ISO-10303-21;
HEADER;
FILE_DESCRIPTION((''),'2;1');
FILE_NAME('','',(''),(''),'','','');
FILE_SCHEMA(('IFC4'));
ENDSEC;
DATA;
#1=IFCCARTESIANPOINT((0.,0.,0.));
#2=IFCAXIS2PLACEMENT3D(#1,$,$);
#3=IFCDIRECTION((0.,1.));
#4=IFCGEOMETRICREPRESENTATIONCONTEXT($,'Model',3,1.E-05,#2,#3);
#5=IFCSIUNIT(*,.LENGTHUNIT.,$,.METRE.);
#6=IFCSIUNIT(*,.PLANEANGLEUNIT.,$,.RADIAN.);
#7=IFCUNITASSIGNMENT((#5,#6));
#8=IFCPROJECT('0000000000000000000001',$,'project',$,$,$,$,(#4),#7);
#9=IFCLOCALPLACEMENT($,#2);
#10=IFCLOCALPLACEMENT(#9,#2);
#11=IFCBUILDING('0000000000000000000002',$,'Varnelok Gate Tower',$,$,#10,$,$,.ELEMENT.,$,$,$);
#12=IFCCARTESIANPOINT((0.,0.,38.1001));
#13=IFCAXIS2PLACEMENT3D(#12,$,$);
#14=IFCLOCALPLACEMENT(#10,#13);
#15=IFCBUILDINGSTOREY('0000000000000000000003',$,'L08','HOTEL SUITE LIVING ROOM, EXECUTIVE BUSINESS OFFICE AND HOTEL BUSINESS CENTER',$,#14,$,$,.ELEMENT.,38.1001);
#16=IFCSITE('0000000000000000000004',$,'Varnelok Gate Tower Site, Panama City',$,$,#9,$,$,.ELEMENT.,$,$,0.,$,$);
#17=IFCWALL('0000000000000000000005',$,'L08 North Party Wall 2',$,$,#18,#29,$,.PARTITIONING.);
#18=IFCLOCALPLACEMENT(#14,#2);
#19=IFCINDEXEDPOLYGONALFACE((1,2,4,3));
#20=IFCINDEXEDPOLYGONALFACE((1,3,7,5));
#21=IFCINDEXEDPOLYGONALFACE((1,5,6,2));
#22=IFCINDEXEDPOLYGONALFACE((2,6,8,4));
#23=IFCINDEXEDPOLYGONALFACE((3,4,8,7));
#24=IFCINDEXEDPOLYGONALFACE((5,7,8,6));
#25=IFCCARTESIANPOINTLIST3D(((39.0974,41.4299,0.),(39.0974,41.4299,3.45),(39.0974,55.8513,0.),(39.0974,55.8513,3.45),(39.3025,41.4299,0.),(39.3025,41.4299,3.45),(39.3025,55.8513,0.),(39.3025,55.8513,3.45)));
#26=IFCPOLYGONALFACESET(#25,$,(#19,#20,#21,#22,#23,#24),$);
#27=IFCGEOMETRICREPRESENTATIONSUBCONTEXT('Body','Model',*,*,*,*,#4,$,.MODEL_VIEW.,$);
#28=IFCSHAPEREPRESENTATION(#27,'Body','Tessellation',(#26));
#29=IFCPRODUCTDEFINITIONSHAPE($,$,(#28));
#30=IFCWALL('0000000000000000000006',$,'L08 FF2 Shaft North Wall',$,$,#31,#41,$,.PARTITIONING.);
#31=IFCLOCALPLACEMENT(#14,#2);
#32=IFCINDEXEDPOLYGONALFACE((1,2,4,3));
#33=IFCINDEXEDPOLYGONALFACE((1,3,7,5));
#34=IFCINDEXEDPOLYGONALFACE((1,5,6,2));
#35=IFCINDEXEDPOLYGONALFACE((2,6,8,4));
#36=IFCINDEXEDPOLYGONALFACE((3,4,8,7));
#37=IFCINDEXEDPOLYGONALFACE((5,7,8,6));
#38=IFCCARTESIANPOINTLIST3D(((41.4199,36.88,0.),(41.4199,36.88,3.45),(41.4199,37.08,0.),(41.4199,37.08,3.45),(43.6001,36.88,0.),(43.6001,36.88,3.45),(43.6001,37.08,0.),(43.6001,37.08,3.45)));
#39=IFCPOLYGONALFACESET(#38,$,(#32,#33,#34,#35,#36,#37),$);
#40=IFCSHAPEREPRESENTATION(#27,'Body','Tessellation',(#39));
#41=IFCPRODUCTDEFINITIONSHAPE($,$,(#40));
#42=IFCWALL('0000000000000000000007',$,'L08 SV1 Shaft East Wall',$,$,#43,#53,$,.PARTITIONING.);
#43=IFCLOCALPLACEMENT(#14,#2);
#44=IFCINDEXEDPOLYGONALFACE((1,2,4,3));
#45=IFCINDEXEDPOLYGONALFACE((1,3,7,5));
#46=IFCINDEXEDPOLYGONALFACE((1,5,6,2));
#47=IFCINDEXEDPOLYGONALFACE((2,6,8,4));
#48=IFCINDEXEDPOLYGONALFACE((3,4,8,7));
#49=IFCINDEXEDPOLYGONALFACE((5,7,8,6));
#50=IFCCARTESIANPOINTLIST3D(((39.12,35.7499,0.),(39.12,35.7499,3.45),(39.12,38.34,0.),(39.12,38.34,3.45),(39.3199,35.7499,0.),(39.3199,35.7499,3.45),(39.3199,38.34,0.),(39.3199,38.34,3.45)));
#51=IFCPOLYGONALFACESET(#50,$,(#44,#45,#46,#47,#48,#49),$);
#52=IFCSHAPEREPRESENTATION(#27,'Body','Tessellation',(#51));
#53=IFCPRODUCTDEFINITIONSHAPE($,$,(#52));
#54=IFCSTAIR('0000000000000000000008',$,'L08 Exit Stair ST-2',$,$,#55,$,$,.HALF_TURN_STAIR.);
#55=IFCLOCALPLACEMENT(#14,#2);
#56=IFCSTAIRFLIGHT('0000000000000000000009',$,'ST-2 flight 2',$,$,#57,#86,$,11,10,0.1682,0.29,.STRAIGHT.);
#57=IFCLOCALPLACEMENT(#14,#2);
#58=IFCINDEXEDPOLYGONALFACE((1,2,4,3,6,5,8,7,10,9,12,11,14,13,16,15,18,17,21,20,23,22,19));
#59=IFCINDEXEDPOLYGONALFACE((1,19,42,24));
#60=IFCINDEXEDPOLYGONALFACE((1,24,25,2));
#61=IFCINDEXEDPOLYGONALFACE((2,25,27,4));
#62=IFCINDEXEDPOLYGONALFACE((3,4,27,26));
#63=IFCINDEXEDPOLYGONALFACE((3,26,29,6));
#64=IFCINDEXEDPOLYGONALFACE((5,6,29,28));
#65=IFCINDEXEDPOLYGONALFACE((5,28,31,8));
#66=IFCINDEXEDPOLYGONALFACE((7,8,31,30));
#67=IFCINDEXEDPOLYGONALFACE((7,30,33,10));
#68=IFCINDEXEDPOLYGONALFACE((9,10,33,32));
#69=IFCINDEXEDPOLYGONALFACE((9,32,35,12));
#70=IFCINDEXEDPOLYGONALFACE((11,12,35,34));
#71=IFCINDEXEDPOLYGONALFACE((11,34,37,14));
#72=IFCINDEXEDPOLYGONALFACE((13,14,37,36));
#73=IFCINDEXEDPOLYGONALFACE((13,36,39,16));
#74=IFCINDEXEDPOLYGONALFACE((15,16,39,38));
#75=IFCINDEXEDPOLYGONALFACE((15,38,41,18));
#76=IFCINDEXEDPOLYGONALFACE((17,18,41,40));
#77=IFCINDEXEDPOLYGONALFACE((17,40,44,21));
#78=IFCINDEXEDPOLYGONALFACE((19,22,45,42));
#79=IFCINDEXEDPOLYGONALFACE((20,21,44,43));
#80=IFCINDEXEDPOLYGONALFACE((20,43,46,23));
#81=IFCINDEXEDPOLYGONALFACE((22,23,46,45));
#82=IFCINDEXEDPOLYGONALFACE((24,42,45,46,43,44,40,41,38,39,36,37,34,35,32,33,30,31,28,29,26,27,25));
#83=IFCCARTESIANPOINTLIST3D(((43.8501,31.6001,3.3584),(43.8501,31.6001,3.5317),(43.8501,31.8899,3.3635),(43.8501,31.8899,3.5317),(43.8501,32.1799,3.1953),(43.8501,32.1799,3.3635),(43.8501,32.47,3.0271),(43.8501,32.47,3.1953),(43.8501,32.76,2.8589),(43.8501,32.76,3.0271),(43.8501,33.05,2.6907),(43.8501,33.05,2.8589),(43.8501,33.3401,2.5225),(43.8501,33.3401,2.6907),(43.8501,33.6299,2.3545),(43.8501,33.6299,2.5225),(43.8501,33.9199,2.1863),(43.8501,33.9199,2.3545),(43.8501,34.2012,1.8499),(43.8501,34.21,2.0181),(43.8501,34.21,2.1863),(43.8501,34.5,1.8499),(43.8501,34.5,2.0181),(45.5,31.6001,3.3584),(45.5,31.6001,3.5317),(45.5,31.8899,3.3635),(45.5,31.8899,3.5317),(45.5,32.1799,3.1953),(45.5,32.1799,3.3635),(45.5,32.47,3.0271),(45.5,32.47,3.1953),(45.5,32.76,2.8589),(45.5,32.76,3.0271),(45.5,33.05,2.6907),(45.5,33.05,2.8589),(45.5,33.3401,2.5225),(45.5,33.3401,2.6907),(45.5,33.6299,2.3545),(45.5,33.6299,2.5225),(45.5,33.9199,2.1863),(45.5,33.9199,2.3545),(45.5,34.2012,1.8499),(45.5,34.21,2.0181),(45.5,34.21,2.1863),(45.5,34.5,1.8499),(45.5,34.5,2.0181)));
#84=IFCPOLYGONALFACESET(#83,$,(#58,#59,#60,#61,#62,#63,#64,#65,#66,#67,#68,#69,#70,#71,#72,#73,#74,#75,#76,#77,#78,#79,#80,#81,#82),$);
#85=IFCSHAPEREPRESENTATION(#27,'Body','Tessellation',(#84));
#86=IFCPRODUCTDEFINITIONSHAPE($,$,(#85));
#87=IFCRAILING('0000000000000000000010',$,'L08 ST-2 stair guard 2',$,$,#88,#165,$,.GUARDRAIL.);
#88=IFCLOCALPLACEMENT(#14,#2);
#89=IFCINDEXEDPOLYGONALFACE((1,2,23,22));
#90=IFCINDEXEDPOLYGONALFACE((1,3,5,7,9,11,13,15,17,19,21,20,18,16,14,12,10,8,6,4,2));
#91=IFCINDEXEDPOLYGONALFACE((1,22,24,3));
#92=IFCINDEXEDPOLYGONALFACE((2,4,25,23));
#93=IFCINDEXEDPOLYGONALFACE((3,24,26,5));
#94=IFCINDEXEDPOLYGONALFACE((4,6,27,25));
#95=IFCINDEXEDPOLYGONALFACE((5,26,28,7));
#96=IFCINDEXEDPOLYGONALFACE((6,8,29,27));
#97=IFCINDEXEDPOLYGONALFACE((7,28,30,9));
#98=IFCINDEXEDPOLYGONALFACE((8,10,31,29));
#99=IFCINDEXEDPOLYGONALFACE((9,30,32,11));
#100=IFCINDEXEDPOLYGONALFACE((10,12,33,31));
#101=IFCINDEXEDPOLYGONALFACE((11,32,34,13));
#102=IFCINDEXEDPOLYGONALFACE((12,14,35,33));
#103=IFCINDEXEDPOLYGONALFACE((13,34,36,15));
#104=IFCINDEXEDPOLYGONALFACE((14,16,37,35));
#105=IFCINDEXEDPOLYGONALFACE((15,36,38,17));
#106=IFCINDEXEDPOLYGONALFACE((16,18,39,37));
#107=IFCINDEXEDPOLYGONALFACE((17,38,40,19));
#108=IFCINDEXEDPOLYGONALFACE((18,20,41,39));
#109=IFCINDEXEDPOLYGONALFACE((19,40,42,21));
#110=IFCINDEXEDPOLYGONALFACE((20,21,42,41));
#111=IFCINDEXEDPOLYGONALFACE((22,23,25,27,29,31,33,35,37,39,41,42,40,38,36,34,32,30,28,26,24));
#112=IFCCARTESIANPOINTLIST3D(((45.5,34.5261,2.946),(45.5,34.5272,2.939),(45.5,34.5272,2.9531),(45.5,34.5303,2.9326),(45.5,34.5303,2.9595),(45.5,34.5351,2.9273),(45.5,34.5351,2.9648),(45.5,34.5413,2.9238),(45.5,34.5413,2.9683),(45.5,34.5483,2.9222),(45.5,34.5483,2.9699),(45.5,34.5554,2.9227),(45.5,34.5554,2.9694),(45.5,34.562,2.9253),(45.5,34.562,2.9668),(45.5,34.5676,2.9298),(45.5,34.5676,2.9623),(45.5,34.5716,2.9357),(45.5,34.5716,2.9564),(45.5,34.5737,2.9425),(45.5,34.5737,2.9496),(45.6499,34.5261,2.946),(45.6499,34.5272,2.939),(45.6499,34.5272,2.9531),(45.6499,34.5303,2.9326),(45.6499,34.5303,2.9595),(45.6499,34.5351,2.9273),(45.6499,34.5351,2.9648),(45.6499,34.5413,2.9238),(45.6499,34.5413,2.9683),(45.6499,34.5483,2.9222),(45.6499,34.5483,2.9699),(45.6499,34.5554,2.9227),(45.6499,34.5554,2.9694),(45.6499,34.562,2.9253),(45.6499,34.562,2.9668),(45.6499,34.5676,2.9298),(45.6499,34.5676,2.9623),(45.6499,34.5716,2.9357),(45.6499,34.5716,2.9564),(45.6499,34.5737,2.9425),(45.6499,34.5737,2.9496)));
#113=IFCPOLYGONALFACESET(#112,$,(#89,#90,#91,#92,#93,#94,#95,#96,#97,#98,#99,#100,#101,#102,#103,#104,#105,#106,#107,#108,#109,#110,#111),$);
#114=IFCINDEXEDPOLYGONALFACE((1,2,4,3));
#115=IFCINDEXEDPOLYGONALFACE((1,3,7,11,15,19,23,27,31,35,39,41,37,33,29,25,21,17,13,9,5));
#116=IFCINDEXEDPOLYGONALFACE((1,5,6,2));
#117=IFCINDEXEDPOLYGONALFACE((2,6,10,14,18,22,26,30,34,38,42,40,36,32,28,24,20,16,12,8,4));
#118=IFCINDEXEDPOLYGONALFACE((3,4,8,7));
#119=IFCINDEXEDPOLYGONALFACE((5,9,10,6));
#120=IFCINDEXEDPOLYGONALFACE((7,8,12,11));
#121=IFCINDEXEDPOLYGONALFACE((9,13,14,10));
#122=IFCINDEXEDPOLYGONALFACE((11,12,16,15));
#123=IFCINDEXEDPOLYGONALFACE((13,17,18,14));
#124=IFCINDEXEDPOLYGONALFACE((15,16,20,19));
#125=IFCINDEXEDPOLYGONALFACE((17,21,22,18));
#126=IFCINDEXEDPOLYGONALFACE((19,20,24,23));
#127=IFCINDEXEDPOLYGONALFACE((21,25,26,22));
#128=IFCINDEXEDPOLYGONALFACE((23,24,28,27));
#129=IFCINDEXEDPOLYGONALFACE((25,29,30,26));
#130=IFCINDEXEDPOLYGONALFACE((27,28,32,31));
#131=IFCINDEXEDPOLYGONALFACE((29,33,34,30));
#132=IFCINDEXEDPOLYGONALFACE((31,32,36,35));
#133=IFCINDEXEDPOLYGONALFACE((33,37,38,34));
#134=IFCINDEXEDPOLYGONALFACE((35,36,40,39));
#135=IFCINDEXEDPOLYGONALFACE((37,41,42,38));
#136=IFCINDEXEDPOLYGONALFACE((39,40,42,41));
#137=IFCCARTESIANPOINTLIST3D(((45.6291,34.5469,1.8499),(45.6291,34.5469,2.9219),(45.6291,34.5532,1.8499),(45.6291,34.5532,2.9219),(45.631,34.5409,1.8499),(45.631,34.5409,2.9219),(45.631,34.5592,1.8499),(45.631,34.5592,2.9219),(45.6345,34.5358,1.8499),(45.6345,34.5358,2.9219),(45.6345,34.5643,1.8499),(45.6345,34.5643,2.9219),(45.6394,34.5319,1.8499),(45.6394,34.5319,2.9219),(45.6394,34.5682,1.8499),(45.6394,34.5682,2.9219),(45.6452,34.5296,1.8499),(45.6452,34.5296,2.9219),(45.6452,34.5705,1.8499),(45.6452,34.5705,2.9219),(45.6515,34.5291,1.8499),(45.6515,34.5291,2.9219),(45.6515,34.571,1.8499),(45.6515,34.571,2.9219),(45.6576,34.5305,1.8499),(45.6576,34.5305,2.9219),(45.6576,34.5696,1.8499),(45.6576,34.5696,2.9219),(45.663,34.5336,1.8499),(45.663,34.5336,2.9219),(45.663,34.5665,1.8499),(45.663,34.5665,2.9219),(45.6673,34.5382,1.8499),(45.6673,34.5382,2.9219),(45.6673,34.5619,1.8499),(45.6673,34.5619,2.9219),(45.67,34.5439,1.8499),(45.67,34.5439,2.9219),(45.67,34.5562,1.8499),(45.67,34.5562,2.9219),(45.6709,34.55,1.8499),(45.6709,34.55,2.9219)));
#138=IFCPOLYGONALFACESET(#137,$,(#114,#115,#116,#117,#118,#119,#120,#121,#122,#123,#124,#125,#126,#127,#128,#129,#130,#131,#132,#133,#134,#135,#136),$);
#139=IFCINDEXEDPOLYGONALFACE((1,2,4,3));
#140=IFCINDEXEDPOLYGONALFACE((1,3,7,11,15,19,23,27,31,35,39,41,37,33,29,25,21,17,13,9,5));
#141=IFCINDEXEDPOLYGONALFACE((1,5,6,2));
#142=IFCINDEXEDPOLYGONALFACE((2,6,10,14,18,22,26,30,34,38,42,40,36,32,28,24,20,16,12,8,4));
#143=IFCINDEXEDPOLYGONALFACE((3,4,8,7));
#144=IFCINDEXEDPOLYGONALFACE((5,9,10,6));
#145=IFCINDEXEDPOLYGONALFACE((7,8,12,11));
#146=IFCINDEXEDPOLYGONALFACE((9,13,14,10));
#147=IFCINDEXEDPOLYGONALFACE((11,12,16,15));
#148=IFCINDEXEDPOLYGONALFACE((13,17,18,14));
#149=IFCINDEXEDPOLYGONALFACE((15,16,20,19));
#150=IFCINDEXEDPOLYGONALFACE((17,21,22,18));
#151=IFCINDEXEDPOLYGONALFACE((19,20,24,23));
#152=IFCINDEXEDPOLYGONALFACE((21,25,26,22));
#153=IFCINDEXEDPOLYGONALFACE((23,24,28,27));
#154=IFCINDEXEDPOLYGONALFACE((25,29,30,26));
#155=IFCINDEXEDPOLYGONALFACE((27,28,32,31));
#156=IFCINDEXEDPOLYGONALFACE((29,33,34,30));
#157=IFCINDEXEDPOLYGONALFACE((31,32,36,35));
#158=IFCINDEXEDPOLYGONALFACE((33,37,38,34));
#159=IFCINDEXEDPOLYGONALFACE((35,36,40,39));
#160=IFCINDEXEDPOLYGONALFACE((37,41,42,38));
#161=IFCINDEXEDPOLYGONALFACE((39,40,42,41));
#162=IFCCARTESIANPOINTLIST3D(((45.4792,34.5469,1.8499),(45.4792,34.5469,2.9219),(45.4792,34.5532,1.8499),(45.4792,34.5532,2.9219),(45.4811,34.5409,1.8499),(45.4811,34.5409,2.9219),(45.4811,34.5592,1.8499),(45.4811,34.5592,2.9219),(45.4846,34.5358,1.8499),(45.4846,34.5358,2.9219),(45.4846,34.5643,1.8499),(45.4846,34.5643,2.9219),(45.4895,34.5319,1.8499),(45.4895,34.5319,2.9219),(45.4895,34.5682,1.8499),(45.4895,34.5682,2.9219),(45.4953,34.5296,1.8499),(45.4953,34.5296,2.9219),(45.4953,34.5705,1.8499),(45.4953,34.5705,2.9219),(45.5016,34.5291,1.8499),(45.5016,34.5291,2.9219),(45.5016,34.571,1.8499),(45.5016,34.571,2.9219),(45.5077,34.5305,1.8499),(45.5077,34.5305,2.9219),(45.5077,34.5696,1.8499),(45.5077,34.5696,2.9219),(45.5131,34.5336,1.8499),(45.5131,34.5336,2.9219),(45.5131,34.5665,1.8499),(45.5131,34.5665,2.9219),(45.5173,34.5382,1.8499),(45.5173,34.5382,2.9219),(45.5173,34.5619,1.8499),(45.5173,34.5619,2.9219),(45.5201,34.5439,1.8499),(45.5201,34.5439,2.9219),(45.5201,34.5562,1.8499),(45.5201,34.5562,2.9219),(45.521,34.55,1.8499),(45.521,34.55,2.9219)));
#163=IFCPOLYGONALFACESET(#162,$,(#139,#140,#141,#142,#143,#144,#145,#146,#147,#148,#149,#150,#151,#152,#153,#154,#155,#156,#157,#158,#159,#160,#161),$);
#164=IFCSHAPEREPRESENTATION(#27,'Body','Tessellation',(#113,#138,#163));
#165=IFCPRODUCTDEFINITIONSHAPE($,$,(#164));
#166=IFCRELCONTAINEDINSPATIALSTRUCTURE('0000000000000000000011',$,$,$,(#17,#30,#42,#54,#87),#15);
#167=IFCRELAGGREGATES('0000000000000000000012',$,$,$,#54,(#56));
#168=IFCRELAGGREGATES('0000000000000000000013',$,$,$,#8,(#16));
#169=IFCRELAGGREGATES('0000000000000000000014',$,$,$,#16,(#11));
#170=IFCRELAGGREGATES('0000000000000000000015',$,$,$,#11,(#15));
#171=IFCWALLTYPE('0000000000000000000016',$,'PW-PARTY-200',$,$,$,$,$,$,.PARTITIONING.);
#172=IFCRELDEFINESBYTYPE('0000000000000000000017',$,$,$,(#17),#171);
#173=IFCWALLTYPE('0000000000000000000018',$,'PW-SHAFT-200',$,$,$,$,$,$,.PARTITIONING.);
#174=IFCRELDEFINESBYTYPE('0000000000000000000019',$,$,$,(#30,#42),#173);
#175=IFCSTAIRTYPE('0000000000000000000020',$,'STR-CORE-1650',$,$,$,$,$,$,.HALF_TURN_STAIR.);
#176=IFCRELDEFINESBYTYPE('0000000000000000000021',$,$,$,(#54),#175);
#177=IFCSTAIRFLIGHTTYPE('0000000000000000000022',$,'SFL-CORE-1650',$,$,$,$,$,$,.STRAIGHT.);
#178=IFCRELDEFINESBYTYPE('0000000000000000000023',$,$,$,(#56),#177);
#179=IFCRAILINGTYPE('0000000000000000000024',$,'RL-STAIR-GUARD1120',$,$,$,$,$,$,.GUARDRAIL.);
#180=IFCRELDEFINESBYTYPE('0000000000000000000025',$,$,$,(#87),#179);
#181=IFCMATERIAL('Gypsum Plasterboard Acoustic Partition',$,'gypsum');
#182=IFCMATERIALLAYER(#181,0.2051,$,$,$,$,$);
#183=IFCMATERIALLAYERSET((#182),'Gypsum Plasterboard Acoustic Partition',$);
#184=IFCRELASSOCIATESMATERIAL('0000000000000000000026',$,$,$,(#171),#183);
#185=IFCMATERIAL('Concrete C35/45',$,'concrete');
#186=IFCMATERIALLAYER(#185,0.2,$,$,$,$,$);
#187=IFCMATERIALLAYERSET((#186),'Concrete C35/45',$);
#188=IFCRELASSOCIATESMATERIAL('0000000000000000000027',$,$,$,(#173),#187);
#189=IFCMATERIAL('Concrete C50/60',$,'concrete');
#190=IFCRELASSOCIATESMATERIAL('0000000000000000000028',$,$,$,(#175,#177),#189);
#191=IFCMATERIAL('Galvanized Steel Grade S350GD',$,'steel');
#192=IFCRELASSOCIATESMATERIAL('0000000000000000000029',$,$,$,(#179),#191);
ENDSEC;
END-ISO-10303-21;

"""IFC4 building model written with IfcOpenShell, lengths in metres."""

from ifc_helpers import new_model, si_unit, direction, frame, frame_2d, origin, origin_2d, place, context, subcontext, project, spatial, polyline, rectangle, circle, outline, extrude, material, layer, layer_set, type_object, element, aggregate, save


model = new_model("IFC4")

# Units and contexts
model_context = context("Model", 3, precision=1e-05, world=origin(), true_north=direction((0.0, 1.0)))
body_context = subcontext(model_context, "Body", "Model", "MODEL_VIEW")
ifc_project = project(units=[si_unit("LENGTHUNIT", "METRE"), si_unit("PLANEANGLEUNIT", "RADIAN")], contexts=[model_context])

# Site, building, storey
site_placement = place(None, origin())
site = spatial("IfcSite", under=ifc_project, at=site_placement, Name="Varnelok Gate Tower Site, Panama City", CompositionType="ELEMENT", RefElevation=0.0)
building_placement = place(site_placement, origin())
building = spatial("IfcBuilding", under=site, at=building_placement, Name="Varnelok Gate Tower", CompositionType="ELEMENT")
storey_placement = place(building_placement, frame((0.0, 0.0, 38.1001)))
storey = spatial("IfcBuildingStorey", under=building, at=storey_placement, Name="L08", Description="HOTEL SUITE LIVING ROOM, EXECUTIVE BUSINESS OFFICE AND HOTEL BUSINESS CENTER", CompositionType="ELEMENT", Elevation=38.1001)

# Shared definitions
ifc_material_1 = material(Name="Gypsum Plasterboard Acoustic Partition", Category="gypsum")
ifc_material_2 = material(Name="Galvanized Steel Grade S350GD", Category="steel")

# Walls
ifc_layer_1 = layer(ifc_material_1, 0.2051)
ifc_layer_set_1 = layer_set([ifc_layer_1], Name="Gypsum Plasterboard Acoustic Partition")
wall_type_1 = type_object("IfcWallType", Name="PW-PARTY-200", PredefinedType="PARTITIONING", material=ifc_layer_set_1)
wall_1_placement = place(storey_placement, frame((39.2, 41.4299, 0.0), z_axis=(0.0, 0.0, 1.0), x_axis=(0.0, 1.0, 0.0)))
element("IfcWall", 1, at=wall_1_placement, inside=storey, type_object=wall_type_1, Name="L08 North Party Wall 2", PredefinedType="PARTITIONING", context=body_context, shape_type="SweptSolid", body=[
    extrude(rectangle(XDim=14.4214, YDim=0.2051, at=frame_2d((7.2107, 0.0))), origin(), (0.0, 0.0, 1.0), 3.45),
])
ifc_material_3 = material(Name="Concrete C35/45", Category="concrete")
ifc_layer_2 = layer(ifc_material_3, 0.2)
ifc_layer_set_2 = layer_set([ifc_layer_2], Name="Concrete C35/45")
wall_type_2 = type_object("IfcWallType", Name="PW-SHAFT-200", PredefinedType="PARTITIONING", material=ifc_layer_set_2)
wall_2_placement = place(storey_placement, frame((41.4199, 36.98, 0.0), z_axis=(0.0, 0.0, 1.0), x_axis=(1.0, 0.0, 0.0)))
element("IfcWall", 2, at=wall_2_placement, inside=storey, type_object=wall_type_2, Name="L08 FF2 Shaft North Wall", PredefinedType="PARTITIONING", context=body_context, shape_type="SweptSolid", body=[
    extrude(rectangle(XDim=2.1802, YDim=0.2, at=frame_2d((1.0901, 0.0))), origin(), (0.0, 0.0, 1.0), 3.45),
])
wall_3_placement = place(storey_placement, frame((39.22, 35.75, 0.0), z_axis=(0.0, 0.0, 1.0), x_axis=(0.0, 1.0, 0.0)))
element("IfcWall", 3, at=wall_3_placement, inside=storey, type_object=wall_type_2, Name="L08 SV1 Shaft East Wall", PredefinedType="PARTITIONING", context=body_context, shape_type="SweptSolid", body=[
    extrude(rectangle(XDim=2.5901, YDim=0.2, at=frame_2d((1.2949, 0.0))), origin(), (0.0, 0.0, 1.0), 3.45),
])

# Stair, stair flight
ifc_material_4 = material(Name="Concrete C50/60", Category="concrete")
stair_type = type_object("IfcStairType", Name="STR-CORE-1650", PredefinedType="HALF_TURN_STAIR", material=ifc_material_4)
stair_placement = place(storey_placement, origin())
stair = element("IfcStair", 4, at=stair_placement, inside=storey, type_object=stair_type, Name="L08 Exit Stair ST-2", PredefinedType="HALF_TURN_STAIR")
stair_flight_type = type_object("IfcStairFlightType", Name="SFL-CORE-1650", PredefinedType="STRAIGHT", material=ifc_material_4)
stair_flight_placement = place(storey_placement, frame((44.675, 34.5, 1.8499), z_axis=(0.0, 0.0, 1.0), x_axis=(0.0, -1.0, 0.0)))
stair_flight = element("IfcStairFlight", 5, at=stair_flight_placement, type_object=stair_flight_type, Name="ST-2 flight 2", NumberOfRisers=11, NumberOfTreads=10, PredefinedType="STRAIGHT", RiserHeight=0.1682, TreadLength=0.29, context=body_context, shape_type="SweptSolid", body=[
    extrude(outline(polyline([(0.0, 0.0), (0.0, 0.1682), (0.29, 0.1682), (0.29, 0.3364), (0.5801, 0.3364), (0.5801, 0.5046), (0.8701, 0.5046), (0.8701, 0.6726), (1.1599, 0.6726), (1.1599, 0.8408), (1.45, 0.8408), (1.45, 1.009), (1.74, 1.009), (1.74, 1.1772), (2.03, 1.1772), (2.03, 1.3455), (2.3201, 1.3455), (2.3201, 1.5137), (2.6101, 1.5137), (2.6101, 1.6819), (2.8999, 1.6819), (2.8999, 1.8501), (2.8999, 1.5085), (0.2988, 0.0), (0.0, 0.0)])), frame((0.0, 0.825, 0.0), z_axis=(0.0, -1.0, 0.0), x_axis=(1.0, 0.0, 0.0)), (0.0, 0.0, 1.0), 1.6499),
])
aggregate(stair, [stair_flight])

# Railing
railing_type_1 = type_object("IfcRailingType", Name="RL-STAIR-GUARD1120", PredefinedType="GUARDRAIL", material=ifc_material_2)
railing_1_placement = place(storey_placement, frame((45.6499, 34.55, 1.8499)))
element("IfcRailing", 6, at=railing_1_placement, inside=storey, type_object=railing_type_1, Name="L08 ST-2 stair guard 2", PredefinedType="GUARDRAIL", context=body_context, shape_type="SweptSolid", body=[
    extrude(circle(Radius=0.0239, at=origin_2d()), frame((0.0, 0.0, 1.0962), z_axis=(-1.0, 0.0, 0.0), x_axis=(0.0, -1.0, 0.0)), (0.0, 0.0, 1.0), 0.1499),
    extrude(circle(Radius=0.021, at=origin_2d()), origin(), (0.0, 0.0, 1.0), 1.072),
    extrude(circle(Radius=0.021, at=origin_2d()), frame((-0.1499, 0.0, 0.0)), (0.0, 0.0, 1.0), 1.072),
])

save(model, "model.ifc")
